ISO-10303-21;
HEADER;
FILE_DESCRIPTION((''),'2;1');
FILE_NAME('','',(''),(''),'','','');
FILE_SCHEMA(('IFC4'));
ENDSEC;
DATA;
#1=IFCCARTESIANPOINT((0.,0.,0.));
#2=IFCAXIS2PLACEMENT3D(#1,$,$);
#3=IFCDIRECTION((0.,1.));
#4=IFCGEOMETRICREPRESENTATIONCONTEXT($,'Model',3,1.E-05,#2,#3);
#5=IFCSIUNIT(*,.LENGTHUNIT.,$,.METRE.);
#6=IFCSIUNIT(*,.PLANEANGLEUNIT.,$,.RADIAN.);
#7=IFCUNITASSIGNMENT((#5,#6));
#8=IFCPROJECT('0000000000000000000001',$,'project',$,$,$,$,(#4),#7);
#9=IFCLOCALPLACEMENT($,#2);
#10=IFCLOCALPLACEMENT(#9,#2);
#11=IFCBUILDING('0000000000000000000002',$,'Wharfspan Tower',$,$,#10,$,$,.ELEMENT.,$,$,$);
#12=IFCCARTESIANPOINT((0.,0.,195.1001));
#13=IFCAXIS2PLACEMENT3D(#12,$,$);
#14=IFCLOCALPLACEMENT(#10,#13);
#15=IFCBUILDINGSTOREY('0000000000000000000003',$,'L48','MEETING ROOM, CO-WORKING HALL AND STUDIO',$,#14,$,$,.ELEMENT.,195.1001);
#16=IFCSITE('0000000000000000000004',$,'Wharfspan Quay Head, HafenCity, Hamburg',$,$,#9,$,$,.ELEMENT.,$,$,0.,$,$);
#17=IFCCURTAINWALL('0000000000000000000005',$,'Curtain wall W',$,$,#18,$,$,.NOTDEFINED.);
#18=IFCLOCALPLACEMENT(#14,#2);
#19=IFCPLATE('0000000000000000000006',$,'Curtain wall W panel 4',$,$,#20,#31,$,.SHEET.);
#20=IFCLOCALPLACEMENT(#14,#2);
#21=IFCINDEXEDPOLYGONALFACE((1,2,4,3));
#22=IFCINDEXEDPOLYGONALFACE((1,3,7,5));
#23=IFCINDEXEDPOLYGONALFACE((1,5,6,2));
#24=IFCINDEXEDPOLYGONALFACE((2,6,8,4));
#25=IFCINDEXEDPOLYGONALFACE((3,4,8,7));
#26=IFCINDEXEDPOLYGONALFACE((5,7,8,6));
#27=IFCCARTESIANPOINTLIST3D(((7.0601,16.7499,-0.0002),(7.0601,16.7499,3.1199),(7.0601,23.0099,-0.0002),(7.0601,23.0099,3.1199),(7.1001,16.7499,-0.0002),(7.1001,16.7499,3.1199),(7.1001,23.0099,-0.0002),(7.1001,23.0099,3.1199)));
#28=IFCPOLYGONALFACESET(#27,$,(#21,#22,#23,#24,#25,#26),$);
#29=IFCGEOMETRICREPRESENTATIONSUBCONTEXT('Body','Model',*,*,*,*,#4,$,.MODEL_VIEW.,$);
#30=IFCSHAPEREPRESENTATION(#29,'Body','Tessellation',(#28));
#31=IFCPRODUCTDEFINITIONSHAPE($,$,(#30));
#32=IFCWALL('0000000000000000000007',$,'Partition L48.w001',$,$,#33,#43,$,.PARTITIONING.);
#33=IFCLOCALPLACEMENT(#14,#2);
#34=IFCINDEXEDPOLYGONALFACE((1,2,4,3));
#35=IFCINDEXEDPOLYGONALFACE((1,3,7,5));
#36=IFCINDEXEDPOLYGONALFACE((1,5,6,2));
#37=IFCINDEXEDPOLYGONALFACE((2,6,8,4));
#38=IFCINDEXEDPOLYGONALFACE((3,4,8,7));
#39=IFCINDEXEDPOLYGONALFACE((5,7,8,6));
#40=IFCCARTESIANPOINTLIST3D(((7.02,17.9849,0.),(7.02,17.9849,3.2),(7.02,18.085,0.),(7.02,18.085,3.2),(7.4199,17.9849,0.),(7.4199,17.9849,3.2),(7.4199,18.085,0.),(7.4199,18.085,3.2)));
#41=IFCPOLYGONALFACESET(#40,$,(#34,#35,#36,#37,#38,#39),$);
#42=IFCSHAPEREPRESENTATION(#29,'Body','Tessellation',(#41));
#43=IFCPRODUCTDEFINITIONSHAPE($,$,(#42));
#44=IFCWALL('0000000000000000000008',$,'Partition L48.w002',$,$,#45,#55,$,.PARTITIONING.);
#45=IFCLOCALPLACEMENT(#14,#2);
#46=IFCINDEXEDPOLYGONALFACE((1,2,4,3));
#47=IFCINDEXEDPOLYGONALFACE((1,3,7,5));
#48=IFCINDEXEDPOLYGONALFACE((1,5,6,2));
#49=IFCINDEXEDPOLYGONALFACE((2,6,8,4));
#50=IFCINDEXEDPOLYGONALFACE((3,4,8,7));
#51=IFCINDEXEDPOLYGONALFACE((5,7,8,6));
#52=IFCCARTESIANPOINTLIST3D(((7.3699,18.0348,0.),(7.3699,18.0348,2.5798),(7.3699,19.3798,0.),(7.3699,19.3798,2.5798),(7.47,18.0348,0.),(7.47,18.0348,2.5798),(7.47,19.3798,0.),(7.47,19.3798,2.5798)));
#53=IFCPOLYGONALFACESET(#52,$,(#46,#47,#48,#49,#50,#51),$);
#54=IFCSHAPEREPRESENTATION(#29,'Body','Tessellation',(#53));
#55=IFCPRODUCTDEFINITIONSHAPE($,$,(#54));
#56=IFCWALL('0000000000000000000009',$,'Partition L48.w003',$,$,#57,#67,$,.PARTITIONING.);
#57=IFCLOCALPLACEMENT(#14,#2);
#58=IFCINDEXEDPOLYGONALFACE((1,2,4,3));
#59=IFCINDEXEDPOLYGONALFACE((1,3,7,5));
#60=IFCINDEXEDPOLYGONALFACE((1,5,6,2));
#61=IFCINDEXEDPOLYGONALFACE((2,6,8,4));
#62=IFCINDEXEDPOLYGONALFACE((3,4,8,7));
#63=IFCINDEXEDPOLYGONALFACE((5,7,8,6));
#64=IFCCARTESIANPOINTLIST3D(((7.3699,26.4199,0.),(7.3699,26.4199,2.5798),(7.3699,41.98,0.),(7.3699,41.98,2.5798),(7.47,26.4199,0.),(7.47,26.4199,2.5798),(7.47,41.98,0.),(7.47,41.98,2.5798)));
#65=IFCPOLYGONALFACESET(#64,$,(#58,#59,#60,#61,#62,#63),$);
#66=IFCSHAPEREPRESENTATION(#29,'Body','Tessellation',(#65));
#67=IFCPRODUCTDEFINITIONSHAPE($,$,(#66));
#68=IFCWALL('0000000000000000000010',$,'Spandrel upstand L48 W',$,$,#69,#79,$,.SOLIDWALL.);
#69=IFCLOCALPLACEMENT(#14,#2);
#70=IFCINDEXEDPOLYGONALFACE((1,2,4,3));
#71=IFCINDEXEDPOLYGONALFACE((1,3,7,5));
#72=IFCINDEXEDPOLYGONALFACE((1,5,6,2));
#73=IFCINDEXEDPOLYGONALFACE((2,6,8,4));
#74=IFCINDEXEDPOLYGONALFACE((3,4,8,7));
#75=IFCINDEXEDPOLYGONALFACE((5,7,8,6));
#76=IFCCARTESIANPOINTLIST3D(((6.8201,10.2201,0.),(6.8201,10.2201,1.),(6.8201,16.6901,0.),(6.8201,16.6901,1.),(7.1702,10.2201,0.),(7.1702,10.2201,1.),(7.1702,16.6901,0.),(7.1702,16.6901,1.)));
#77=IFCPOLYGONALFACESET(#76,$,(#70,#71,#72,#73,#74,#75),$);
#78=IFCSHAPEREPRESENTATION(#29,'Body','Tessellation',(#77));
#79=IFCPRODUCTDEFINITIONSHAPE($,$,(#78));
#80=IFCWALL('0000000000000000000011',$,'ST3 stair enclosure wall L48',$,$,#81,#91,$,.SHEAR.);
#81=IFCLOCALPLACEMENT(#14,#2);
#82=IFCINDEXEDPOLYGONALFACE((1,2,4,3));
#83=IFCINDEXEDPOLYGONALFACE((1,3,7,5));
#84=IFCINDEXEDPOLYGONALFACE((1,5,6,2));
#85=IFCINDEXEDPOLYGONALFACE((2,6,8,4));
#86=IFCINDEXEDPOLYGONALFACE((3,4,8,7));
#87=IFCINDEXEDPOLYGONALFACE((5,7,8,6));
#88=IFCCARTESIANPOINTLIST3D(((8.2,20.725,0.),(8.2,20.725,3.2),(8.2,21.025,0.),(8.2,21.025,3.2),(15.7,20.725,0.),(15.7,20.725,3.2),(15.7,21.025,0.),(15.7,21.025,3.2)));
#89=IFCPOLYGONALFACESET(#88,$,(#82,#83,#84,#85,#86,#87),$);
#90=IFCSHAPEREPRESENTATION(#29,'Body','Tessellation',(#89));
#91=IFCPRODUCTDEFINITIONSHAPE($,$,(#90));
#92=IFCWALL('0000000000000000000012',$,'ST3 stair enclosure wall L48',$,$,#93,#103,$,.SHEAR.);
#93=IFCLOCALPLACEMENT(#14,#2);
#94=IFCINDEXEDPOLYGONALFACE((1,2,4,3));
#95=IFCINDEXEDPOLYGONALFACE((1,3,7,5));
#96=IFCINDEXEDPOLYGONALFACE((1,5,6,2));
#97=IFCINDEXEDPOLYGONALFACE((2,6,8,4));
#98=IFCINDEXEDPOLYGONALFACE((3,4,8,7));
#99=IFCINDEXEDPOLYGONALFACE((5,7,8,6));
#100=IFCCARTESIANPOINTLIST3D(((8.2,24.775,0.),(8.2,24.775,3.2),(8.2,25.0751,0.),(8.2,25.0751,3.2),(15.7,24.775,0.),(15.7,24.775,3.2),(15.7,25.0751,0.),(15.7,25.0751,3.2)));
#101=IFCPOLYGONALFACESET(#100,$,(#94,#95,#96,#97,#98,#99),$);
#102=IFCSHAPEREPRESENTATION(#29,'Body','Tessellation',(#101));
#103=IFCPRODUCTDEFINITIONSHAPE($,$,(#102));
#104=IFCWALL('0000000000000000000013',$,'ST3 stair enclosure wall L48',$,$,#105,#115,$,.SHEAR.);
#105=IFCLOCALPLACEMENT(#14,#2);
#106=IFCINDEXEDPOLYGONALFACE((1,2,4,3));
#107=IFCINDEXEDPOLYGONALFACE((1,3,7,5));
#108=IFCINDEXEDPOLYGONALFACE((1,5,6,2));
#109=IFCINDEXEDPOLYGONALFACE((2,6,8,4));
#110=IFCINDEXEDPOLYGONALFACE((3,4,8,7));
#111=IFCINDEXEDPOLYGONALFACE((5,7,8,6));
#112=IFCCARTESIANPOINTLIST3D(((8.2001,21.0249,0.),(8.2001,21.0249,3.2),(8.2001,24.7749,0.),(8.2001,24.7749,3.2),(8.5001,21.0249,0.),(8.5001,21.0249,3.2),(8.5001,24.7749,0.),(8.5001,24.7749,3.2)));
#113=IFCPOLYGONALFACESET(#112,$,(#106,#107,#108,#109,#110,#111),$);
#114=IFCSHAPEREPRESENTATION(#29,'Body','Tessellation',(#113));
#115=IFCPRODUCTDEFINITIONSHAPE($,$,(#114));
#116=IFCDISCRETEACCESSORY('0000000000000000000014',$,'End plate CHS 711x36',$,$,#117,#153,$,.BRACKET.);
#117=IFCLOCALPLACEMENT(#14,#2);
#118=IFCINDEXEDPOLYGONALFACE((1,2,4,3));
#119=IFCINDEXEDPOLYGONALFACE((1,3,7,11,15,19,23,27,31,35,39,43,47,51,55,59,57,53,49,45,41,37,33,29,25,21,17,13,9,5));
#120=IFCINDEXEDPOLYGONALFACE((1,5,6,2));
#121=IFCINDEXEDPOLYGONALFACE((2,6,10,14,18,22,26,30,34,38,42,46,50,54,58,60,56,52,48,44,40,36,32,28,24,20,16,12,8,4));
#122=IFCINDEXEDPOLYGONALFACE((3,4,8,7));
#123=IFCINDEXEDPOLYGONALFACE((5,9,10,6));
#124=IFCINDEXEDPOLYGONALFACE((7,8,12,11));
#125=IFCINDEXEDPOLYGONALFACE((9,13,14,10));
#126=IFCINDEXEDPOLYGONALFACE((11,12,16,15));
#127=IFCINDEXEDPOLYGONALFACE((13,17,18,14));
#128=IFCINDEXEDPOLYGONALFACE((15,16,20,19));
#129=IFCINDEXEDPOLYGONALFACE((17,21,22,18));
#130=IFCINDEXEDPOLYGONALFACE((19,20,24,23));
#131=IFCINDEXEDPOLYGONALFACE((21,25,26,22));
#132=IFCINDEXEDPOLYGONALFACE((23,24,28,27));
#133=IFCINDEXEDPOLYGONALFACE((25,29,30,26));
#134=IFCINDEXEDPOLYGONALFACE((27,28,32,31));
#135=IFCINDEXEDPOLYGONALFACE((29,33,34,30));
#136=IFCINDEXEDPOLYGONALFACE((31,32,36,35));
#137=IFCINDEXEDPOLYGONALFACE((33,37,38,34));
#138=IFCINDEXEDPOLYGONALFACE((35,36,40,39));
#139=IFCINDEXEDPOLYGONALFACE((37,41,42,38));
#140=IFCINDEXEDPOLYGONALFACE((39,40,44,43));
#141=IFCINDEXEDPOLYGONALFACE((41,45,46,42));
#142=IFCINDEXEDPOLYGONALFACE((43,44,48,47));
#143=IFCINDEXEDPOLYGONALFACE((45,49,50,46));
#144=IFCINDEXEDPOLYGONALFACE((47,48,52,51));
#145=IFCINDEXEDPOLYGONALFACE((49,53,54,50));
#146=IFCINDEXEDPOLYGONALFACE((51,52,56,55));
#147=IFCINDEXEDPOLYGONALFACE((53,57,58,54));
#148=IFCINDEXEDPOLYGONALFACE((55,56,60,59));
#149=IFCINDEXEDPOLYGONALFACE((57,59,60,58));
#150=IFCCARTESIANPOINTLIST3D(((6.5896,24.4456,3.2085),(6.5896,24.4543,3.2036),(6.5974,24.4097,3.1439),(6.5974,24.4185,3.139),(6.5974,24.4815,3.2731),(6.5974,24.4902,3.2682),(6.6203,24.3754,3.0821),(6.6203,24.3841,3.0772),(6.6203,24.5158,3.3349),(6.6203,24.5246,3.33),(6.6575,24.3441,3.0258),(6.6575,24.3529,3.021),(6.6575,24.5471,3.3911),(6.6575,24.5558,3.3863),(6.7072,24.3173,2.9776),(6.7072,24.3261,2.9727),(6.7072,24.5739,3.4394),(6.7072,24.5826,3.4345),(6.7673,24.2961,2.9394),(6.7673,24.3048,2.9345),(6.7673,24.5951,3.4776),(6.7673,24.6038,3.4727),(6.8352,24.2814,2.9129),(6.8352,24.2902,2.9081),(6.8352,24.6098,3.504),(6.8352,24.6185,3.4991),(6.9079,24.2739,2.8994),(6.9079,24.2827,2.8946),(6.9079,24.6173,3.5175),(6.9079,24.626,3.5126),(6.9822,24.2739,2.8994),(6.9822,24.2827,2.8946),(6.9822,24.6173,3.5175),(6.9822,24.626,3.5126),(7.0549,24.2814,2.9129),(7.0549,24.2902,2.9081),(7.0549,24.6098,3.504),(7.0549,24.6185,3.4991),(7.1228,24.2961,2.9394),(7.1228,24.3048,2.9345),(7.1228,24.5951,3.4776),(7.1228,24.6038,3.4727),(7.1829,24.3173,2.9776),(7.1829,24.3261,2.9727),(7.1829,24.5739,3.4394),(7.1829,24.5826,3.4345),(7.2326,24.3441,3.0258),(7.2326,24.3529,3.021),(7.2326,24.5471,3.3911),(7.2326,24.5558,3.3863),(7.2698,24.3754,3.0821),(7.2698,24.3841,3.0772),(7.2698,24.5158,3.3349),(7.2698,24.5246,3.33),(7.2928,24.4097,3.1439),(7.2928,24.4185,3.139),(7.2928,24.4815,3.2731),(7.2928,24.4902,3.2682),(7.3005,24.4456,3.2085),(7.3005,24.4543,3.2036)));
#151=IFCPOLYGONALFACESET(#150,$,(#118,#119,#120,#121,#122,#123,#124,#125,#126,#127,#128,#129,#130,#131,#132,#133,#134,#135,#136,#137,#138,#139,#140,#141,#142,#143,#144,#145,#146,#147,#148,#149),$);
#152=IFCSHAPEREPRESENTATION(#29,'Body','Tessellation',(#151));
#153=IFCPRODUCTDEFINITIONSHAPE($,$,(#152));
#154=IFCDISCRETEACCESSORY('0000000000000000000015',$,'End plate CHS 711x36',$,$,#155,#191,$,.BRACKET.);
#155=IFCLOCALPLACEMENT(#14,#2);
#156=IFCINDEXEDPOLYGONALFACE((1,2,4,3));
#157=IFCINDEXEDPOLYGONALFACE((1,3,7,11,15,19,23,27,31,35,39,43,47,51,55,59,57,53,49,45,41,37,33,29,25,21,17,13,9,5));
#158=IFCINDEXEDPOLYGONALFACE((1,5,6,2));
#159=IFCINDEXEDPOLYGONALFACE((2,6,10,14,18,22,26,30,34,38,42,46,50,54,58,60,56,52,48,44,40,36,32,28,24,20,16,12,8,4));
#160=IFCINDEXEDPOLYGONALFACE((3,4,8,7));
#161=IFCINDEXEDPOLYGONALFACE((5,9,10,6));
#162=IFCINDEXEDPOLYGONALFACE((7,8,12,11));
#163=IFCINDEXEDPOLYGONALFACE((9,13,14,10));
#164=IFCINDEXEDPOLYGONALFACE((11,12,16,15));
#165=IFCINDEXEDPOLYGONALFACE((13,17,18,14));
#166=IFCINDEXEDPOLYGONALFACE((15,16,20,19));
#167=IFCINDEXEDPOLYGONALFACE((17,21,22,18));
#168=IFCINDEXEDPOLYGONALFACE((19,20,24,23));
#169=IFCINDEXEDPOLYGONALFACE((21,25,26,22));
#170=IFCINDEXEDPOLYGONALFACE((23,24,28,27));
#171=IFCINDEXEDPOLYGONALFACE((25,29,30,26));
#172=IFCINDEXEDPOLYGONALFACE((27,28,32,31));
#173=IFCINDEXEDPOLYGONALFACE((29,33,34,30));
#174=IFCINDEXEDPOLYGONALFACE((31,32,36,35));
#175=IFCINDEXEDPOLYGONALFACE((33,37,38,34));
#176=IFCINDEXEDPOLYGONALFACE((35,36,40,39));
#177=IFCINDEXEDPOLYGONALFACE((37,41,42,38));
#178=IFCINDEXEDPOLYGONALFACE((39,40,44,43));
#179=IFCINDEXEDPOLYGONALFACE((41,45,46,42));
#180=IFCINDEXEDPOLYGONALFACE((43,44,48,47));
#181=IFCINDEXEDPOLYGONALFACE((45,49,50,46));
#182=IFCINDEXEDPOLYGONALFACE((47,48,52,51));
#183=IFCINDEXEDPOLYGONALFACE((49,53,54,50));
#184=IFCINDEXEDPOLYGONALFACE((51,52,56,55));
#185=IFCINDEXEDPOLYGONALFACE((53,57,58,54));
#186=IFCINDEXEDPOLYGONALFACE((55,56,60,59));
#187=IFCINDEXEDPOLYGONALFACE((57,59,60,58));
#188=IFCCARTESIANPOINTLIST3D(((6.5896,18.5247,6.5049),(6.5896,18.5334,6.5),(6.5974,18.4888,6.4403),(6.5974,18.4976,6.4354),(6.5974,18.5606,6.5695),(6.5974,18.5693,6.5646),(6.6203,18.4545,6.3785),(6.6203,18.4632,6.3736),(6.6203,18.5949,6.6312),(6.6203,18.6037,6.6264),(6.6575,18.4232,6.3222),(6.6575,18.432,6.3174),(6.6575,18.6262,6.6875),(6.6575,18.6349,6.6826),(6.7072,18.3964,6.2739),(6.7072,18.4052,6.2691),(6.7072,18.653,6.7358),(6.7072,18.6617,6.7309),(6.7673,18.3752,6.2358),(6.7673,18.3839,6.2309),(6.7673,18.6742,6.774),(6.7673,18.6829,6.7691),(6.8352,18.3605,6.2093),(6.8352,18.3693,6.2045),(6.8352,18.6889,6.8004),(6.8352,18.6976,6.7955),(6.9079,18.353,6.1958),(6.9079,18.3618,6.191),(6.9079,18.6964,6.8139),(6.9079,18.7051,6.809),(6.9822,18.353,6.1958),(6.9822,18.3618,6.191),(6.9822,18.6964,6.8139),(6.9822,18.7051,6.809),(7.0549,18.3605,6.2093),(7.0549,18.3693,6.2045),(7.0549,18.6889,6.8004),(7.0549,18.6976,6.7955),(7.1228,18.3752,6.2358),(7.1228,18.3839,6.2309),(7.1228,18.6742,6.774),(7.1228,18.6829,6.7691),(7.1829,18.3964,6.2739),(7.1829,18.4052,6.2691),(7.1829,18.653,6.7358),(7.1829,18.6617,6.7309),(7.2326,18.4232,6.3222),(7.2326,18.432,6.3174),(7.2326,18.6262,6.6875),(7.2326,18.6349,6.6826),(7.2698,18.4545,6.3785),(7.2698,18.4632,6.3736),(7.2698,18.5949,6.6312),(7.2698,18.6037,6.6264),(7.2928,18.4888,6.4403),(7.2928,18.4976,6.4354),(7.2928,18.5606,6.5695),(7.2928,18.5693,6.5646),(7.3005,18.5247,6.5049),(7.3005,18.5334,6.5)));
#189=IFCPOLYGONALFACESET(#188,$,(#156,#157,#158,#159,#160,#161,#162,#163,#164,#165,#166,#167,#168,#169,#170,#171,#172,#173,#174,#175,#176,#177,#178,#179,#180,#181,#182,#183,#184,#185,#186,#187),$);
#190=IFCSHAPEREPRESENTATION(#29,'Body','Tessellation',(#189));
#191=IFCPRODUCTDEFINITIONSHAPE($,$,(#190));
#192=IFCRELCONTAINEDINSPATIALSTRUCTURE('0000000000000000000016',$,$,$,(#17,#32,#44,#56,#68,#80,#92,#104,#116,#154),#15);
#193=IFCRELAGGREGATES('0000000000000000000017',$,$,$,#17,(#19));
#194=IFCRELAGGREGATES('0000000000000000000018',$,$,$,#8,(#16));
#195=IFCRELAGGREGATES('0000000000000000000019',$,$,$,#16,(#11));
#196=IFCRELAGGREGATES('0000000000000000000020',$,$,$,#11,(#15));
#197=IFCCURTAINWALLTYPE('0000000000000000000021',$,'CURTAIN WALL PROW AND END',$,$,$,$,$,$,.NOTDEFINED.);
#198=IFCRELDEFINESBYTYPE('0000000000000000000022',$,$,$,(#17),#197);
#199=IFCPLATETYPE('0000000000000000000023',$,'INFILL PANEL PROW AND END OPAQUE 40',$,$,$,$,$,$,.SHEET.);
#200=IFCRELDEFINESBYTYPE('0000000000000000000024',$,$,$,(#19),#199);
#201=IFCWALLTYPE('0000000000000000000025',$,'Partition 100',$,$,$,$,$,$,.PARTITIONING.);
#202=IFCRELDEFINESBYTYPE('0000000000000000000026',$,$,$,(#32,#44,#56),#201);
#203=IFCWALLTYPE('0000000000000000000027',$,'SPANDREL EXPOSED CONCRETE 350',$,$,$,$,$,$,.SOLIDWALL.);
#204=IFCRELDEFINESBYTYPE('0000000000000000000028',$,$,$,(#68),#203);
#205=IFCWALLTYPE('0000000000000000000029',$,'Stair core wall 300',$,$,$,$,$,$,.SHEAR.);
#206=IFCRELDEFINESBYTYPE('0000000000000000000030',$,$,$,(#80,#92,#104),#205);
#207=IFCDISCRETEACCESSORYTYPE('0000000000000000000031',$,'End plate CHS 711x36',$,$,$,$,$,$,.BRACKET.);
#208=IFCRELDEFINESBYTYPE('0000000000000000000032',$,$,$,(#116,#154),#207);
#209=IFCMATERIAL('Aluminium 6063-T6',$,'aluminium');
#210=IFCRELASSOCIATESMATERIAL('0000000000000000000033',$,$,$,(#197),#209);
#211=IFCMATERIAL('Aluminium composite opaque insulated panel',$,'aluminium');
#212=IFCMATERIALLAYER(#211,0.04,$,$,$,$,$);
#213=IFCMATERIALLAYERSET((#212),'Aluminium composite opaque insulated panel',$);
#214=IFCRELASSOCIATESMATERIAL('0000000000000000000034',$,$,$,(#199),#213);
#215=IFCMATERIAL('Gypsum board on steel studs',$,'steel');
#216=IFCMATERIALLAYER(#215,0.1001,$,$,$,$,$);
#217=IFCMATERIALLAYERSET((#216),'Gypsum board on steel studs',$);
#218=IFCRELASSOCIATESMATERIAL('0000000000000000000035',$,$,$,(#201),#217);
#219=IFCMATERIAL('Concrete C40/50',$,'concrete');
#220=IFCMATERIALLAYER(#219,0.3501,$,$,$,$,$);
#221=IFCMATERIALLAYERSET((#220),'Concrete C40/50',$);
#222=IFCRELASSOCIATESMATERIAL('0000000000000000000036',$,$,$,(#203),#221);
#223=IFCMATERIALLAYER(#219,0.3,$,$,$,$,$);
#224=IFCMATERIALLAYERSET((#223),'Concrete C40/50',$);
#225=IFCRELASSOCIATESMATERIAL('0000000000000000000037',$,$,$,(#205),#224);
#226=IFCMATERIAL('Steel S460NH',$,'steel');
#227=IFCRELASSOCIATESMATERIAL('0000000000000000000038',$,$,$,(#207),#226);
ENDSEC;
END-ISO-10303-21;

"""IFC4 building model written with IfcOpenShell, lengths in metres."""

from ifc_helpers import new_model, si_unit, direction, frame, frame_2d, origin, origin_2d, place, context, subcontext, project, spatial, rectangle, circle, extrude, material, layer, layer_set, material_profile, profile_set, type_object, element, aggregate, save


model = new_model("IFC4")

# Units and contexts
model_context = context("Model", 3, precision=1e-05, world=origin(), true_north=direction((0.0, 1.0)))
body_context = subcontext(model_context, "Body", "Model", "MODEL_VIEW")
ifc_project = project(units=[si_unit("LENGTHUNIT", "METRE"), si_unit("PLANEANGLEUNIT", "RADIAN")], contexts=[model_context])

# Site, building, storey
site_placement = place(None, origin())
site = spatial("IfcSite", under=ifc_project, at=site_placement, Name="Wharfspan Quay Head, HafenCity, Hamburg", CompositionType="ELEMENT", RefElevation=0.0)
building_placement = place(site_placement, origin())
building = spatial("IfcBuilding", under=site, at=building_placement, Name="Wharfspan Tower", CompositionType="ELEMENT")
storey_placement = place(building_placement, frame((0.0, 0.0, 195.1001)))
storey = spatial("IfcBuildingStorey", under=building, at=storey_placement, Name="L48", Description="MEETING ROOM, CO-WORKING HALL AND STUDIO", CompositionType="ELEMENT", Elevation=195.1001)

# Curtain wall
ifc_material_1 = material(Name="Aluminium 6063-T6", Category="aluminium")
curtain_wall_type = type_object("IfcCurtainWallType", Name="CURTAIN WALL PROW AND END", PredefinedType="NOTDEFINED", material=ifc_material_1)
curtain_wall_placement = place(storey_placement, origin())
curtain_wall = element("IfcCurtainWall", 1, at=curtain_wall_placement, inside=storey, type_object=curtain_wall_type, Name="Curtain wall W", PredefinedType="NOTDEFINED")

# Shared definitions
ifc_material_2 = material(Name="Steel S460NH", Category="steel")

# Plate
ifc_material_3 = material(Name="Aluminium composite opaque insulated panel", Category="aluminium")
ifc_layer_1 = layer(ifc_material_3, 0.04)
ifc_layer_set_1 = layer_set([ifc_layer_1], Name="Aluminium composite opaque insulated panel")
plate_type = type_object("IfcPlateType", Name="INFILL PANEL PROW AND END OPAQUE 40", PredefinedType="SHEET", material=ifc_layer_set_1)
plate_1_placement = place(storey_placement, frame((7.0801, 19.8799, -0.0002), z_axis=(0.0, 0.0, 1.0), x_axis=(0.0, -1.0, 0.0)))
plate_1 = element("IfcPlate", 2, at=plate_1_placement, type_object=plate_type, Name="Curtain wall W panel 4", PredefinedType="SHEET", context=body_context, shape_type="SweptSolid", body=[
    extrude(rectangle(XDim=6.26, YDim=0.04, at=origin_2d()), origin(), (0.0, 0.0, 1.0), 3.1201),
])
aggregate(curtain_wall, [plate_1])

# Walls
ifc_material_4 = material(Name="Gypsum board on steel studs", Category="steel")
ifc_layer_2 = layer(ifc_material_4, 0.1001)
ifc_layer_set_2 = layer_set([ifc_layer_2], Name="Gypsum board on steel studs")
wall_type_1 = type_object("IfcWallType", Name="Partition 100", PredefinedType="PARTITIONING", material=ifc_layer_set_2)
wall_1_placement = place(storey_placement, frame((7.02, 18.0349, 0.0), z_axis=(0.0, 0.0, 1.0), x_axis=(1.0, 0.0, 0.0)))
element("IfcWall", 3, at=wall_1_placement, inside=storey, type_object=wall_type_1, Name="Partition L48.w001", PredefinedType="PARTITIONING", context=body_context, shape_type="SweptSolid", body=[
    extrude(rectangle(XDim=0.3999, YDim=0.1001, at=frame_2d((0.2, 0.0))), origin(), (0.0, 0.0, 1.0), 3.2),
])
wall_2_placement = place(storey_placement, frame((7.4199, 18.0349, 0.0), z_axis=(0.0, 0.0, 1.0), x_axis=(0.0, 1.0, 0.0)))
element("IfcWall", 4, at=wall_2_placement, inside=storey, type_object=wall_type_1, Name="Partition L48.w002", PredefinedType="PARTITIONING", context=body_context, shape_type="SweptSolid", body=[
    extrude(rectangle(XDim=1.345, YDim=0.1001, at=frame_2d((0.6724, 0.0))), origin(), (0.0, 0.0, 1.0), 2.5798),
])
wall_3_placement = place(storey_placement, frame((7.4199, 26.4199, 0.0), z_axis=(0.0, 0.0, 1.0), x_axis=(0.0, 1.0, 0.0)))
element("IfcWall", 5, at=wall_3_placement, inside=storey, type_object=wall_type_1, Name="Partition L48.w003", PredefinedType="PARTITIONING", context=body_context, shape_type="SweptSolid", body=[
    extrude(rectangle(XDim=15.5601, YDim=0.1001, at=frame_2d((7.78, 0.0))), origin(), (0.0, 0.0, 1.0), 2.5798),
])
ifc_material_5 = material(Name="Concrete C40/50", Category="concrete")
ifc_layer_3 = layer(ifc_material_5, 0.3501)
ifc_layer_set_3 = layer_set([ifc_layer_3], Name="Concrete C40/50")
wall_type_2 = type_object("IfcWallType", Name="SPANDREL EXPOSED CONCRETE 350", PredefinedType="SOLIDWALL", material=ifc_layer_set_3)
wall_4_placement = place(storey_placement, frame((6.9951, 16.6899, 0.0), z_axis=(0.0, 0.0, 1.0), x_axis=(0.0, -1.0, 0.0)))
element("IfcWall", 6, at=wall_4_placement, inside=storey, type_object=wall_type_2, Name="Spandrel upstand L48 W", PredefinedType="SOLIDWALL", context=body_context, shape_type="SweptSolid", body=[
    extrude(rectangle(XDim=6.47, YDim=0.3501, at=frame_2d((3.2349, 0.0))), origin(), (0.0, 0.0, 1.0), 1.0),
])
ifc_layer_4 = layer(ifc_material_5, 0.3)
ifc_layer_set_4 = layer_set([ifc_layer_4], Name="Concrete C40/50")
wall_type_3 = type_object("IfcWallType", Name="Stair core wall 300", PredefinedType="SHEAR", material=ifc_layer_set_4)
for number, where, z_axis, x_axis, name in (
    (7, (8.2, 20.875, 0.0), (0.0, 0.0, 1.0), (1.0, 0.0, 0.0), "ST3 stair enclosure wall L48"),
    (8, (8.2, 24.925, 0.0), (0.0, 0.0, 1.0), (1.0, 0.0, 0.0), "ST3 stair enclosure wall L48"),
):
    element("IfcWall", number, at=place(storey_placement, frame(where, z_axis=z_axis, x_axis=x_axis)), inside=storey, type_object=wall_type_3, Name=name, PredefinedType="SHEAR", context=body_context, shape_type="SweptSolid", body=[
        extrude(rectangle(XDim=7.5, YDim=0.3, at=frame_2d((3.75, 0.0))), origin(), (0.0, 0.0, 1.0), 3.2),
    ])
wall_5_placement = place(storey_placement, frame((8.3501, 21.0249, 0.0), z_axis=(0.0, 0.0, 1.0), x_axis=(0.0, 1.0, 0.0)))
element("IfcWall", 9, at=wall_5_placement, inside=storey, type_object=wall_type_3, Name="ST3 stair enclosure wall L48", PredefinedType="SHEAR", context=body_context, shape_type="SweptSolid", body=[
    extrude(rectangle(XDim=3.75, YDim=0.3, at=frame_2d((1.875, 0.0))), origin(), (0.0, 0.0, 1.0), 3.2),
])

# Discrete accessories
ifc_material_profile_1 = material_profile(ifc_material_2, circle(Radius=0.3555, at=origin_2d()))
ifc_profile_set_1 = profile_set([ifc_material_profile_1], Name="Steel S460NH")
discrete_accessory_type = type_object("IfcDiscreteAccessoryType", Name="End plate CHS 711x36", PredefinedType="BRACKET", material=ifc_profile_set_1)
for number, where, z_axis, x_axis, name in (
    (10, (6.9451, 24.4543, 3.2036), (0.0, -0.874157, 0.485643), (1.0, 0.0, 0.0), "End plate CHS 711x36"),
    (11, (6.9451, 18.5334, 6.5), (0.0, -0.874157, 0.485643), (1.0, 0.0, 0.0), "End plate CHS 711x36"),
):
    element("IfcDiscreteAccessory", number, at=place(storey_placement, frame(where, z_axis=z_axis, x_axis=x_axis)), inside=storey, type_object=discrete_accessory_type, Name=name, PredefinedType="BRACKET", context=body_context, shape_type="SweptSolid", body=[
        extrude(circle(Radius=0.3555, at=origin_2d()), origin(), (0.0, 0.0, 1.0), 0.01),
    ])

save(model, "model.ifc")
